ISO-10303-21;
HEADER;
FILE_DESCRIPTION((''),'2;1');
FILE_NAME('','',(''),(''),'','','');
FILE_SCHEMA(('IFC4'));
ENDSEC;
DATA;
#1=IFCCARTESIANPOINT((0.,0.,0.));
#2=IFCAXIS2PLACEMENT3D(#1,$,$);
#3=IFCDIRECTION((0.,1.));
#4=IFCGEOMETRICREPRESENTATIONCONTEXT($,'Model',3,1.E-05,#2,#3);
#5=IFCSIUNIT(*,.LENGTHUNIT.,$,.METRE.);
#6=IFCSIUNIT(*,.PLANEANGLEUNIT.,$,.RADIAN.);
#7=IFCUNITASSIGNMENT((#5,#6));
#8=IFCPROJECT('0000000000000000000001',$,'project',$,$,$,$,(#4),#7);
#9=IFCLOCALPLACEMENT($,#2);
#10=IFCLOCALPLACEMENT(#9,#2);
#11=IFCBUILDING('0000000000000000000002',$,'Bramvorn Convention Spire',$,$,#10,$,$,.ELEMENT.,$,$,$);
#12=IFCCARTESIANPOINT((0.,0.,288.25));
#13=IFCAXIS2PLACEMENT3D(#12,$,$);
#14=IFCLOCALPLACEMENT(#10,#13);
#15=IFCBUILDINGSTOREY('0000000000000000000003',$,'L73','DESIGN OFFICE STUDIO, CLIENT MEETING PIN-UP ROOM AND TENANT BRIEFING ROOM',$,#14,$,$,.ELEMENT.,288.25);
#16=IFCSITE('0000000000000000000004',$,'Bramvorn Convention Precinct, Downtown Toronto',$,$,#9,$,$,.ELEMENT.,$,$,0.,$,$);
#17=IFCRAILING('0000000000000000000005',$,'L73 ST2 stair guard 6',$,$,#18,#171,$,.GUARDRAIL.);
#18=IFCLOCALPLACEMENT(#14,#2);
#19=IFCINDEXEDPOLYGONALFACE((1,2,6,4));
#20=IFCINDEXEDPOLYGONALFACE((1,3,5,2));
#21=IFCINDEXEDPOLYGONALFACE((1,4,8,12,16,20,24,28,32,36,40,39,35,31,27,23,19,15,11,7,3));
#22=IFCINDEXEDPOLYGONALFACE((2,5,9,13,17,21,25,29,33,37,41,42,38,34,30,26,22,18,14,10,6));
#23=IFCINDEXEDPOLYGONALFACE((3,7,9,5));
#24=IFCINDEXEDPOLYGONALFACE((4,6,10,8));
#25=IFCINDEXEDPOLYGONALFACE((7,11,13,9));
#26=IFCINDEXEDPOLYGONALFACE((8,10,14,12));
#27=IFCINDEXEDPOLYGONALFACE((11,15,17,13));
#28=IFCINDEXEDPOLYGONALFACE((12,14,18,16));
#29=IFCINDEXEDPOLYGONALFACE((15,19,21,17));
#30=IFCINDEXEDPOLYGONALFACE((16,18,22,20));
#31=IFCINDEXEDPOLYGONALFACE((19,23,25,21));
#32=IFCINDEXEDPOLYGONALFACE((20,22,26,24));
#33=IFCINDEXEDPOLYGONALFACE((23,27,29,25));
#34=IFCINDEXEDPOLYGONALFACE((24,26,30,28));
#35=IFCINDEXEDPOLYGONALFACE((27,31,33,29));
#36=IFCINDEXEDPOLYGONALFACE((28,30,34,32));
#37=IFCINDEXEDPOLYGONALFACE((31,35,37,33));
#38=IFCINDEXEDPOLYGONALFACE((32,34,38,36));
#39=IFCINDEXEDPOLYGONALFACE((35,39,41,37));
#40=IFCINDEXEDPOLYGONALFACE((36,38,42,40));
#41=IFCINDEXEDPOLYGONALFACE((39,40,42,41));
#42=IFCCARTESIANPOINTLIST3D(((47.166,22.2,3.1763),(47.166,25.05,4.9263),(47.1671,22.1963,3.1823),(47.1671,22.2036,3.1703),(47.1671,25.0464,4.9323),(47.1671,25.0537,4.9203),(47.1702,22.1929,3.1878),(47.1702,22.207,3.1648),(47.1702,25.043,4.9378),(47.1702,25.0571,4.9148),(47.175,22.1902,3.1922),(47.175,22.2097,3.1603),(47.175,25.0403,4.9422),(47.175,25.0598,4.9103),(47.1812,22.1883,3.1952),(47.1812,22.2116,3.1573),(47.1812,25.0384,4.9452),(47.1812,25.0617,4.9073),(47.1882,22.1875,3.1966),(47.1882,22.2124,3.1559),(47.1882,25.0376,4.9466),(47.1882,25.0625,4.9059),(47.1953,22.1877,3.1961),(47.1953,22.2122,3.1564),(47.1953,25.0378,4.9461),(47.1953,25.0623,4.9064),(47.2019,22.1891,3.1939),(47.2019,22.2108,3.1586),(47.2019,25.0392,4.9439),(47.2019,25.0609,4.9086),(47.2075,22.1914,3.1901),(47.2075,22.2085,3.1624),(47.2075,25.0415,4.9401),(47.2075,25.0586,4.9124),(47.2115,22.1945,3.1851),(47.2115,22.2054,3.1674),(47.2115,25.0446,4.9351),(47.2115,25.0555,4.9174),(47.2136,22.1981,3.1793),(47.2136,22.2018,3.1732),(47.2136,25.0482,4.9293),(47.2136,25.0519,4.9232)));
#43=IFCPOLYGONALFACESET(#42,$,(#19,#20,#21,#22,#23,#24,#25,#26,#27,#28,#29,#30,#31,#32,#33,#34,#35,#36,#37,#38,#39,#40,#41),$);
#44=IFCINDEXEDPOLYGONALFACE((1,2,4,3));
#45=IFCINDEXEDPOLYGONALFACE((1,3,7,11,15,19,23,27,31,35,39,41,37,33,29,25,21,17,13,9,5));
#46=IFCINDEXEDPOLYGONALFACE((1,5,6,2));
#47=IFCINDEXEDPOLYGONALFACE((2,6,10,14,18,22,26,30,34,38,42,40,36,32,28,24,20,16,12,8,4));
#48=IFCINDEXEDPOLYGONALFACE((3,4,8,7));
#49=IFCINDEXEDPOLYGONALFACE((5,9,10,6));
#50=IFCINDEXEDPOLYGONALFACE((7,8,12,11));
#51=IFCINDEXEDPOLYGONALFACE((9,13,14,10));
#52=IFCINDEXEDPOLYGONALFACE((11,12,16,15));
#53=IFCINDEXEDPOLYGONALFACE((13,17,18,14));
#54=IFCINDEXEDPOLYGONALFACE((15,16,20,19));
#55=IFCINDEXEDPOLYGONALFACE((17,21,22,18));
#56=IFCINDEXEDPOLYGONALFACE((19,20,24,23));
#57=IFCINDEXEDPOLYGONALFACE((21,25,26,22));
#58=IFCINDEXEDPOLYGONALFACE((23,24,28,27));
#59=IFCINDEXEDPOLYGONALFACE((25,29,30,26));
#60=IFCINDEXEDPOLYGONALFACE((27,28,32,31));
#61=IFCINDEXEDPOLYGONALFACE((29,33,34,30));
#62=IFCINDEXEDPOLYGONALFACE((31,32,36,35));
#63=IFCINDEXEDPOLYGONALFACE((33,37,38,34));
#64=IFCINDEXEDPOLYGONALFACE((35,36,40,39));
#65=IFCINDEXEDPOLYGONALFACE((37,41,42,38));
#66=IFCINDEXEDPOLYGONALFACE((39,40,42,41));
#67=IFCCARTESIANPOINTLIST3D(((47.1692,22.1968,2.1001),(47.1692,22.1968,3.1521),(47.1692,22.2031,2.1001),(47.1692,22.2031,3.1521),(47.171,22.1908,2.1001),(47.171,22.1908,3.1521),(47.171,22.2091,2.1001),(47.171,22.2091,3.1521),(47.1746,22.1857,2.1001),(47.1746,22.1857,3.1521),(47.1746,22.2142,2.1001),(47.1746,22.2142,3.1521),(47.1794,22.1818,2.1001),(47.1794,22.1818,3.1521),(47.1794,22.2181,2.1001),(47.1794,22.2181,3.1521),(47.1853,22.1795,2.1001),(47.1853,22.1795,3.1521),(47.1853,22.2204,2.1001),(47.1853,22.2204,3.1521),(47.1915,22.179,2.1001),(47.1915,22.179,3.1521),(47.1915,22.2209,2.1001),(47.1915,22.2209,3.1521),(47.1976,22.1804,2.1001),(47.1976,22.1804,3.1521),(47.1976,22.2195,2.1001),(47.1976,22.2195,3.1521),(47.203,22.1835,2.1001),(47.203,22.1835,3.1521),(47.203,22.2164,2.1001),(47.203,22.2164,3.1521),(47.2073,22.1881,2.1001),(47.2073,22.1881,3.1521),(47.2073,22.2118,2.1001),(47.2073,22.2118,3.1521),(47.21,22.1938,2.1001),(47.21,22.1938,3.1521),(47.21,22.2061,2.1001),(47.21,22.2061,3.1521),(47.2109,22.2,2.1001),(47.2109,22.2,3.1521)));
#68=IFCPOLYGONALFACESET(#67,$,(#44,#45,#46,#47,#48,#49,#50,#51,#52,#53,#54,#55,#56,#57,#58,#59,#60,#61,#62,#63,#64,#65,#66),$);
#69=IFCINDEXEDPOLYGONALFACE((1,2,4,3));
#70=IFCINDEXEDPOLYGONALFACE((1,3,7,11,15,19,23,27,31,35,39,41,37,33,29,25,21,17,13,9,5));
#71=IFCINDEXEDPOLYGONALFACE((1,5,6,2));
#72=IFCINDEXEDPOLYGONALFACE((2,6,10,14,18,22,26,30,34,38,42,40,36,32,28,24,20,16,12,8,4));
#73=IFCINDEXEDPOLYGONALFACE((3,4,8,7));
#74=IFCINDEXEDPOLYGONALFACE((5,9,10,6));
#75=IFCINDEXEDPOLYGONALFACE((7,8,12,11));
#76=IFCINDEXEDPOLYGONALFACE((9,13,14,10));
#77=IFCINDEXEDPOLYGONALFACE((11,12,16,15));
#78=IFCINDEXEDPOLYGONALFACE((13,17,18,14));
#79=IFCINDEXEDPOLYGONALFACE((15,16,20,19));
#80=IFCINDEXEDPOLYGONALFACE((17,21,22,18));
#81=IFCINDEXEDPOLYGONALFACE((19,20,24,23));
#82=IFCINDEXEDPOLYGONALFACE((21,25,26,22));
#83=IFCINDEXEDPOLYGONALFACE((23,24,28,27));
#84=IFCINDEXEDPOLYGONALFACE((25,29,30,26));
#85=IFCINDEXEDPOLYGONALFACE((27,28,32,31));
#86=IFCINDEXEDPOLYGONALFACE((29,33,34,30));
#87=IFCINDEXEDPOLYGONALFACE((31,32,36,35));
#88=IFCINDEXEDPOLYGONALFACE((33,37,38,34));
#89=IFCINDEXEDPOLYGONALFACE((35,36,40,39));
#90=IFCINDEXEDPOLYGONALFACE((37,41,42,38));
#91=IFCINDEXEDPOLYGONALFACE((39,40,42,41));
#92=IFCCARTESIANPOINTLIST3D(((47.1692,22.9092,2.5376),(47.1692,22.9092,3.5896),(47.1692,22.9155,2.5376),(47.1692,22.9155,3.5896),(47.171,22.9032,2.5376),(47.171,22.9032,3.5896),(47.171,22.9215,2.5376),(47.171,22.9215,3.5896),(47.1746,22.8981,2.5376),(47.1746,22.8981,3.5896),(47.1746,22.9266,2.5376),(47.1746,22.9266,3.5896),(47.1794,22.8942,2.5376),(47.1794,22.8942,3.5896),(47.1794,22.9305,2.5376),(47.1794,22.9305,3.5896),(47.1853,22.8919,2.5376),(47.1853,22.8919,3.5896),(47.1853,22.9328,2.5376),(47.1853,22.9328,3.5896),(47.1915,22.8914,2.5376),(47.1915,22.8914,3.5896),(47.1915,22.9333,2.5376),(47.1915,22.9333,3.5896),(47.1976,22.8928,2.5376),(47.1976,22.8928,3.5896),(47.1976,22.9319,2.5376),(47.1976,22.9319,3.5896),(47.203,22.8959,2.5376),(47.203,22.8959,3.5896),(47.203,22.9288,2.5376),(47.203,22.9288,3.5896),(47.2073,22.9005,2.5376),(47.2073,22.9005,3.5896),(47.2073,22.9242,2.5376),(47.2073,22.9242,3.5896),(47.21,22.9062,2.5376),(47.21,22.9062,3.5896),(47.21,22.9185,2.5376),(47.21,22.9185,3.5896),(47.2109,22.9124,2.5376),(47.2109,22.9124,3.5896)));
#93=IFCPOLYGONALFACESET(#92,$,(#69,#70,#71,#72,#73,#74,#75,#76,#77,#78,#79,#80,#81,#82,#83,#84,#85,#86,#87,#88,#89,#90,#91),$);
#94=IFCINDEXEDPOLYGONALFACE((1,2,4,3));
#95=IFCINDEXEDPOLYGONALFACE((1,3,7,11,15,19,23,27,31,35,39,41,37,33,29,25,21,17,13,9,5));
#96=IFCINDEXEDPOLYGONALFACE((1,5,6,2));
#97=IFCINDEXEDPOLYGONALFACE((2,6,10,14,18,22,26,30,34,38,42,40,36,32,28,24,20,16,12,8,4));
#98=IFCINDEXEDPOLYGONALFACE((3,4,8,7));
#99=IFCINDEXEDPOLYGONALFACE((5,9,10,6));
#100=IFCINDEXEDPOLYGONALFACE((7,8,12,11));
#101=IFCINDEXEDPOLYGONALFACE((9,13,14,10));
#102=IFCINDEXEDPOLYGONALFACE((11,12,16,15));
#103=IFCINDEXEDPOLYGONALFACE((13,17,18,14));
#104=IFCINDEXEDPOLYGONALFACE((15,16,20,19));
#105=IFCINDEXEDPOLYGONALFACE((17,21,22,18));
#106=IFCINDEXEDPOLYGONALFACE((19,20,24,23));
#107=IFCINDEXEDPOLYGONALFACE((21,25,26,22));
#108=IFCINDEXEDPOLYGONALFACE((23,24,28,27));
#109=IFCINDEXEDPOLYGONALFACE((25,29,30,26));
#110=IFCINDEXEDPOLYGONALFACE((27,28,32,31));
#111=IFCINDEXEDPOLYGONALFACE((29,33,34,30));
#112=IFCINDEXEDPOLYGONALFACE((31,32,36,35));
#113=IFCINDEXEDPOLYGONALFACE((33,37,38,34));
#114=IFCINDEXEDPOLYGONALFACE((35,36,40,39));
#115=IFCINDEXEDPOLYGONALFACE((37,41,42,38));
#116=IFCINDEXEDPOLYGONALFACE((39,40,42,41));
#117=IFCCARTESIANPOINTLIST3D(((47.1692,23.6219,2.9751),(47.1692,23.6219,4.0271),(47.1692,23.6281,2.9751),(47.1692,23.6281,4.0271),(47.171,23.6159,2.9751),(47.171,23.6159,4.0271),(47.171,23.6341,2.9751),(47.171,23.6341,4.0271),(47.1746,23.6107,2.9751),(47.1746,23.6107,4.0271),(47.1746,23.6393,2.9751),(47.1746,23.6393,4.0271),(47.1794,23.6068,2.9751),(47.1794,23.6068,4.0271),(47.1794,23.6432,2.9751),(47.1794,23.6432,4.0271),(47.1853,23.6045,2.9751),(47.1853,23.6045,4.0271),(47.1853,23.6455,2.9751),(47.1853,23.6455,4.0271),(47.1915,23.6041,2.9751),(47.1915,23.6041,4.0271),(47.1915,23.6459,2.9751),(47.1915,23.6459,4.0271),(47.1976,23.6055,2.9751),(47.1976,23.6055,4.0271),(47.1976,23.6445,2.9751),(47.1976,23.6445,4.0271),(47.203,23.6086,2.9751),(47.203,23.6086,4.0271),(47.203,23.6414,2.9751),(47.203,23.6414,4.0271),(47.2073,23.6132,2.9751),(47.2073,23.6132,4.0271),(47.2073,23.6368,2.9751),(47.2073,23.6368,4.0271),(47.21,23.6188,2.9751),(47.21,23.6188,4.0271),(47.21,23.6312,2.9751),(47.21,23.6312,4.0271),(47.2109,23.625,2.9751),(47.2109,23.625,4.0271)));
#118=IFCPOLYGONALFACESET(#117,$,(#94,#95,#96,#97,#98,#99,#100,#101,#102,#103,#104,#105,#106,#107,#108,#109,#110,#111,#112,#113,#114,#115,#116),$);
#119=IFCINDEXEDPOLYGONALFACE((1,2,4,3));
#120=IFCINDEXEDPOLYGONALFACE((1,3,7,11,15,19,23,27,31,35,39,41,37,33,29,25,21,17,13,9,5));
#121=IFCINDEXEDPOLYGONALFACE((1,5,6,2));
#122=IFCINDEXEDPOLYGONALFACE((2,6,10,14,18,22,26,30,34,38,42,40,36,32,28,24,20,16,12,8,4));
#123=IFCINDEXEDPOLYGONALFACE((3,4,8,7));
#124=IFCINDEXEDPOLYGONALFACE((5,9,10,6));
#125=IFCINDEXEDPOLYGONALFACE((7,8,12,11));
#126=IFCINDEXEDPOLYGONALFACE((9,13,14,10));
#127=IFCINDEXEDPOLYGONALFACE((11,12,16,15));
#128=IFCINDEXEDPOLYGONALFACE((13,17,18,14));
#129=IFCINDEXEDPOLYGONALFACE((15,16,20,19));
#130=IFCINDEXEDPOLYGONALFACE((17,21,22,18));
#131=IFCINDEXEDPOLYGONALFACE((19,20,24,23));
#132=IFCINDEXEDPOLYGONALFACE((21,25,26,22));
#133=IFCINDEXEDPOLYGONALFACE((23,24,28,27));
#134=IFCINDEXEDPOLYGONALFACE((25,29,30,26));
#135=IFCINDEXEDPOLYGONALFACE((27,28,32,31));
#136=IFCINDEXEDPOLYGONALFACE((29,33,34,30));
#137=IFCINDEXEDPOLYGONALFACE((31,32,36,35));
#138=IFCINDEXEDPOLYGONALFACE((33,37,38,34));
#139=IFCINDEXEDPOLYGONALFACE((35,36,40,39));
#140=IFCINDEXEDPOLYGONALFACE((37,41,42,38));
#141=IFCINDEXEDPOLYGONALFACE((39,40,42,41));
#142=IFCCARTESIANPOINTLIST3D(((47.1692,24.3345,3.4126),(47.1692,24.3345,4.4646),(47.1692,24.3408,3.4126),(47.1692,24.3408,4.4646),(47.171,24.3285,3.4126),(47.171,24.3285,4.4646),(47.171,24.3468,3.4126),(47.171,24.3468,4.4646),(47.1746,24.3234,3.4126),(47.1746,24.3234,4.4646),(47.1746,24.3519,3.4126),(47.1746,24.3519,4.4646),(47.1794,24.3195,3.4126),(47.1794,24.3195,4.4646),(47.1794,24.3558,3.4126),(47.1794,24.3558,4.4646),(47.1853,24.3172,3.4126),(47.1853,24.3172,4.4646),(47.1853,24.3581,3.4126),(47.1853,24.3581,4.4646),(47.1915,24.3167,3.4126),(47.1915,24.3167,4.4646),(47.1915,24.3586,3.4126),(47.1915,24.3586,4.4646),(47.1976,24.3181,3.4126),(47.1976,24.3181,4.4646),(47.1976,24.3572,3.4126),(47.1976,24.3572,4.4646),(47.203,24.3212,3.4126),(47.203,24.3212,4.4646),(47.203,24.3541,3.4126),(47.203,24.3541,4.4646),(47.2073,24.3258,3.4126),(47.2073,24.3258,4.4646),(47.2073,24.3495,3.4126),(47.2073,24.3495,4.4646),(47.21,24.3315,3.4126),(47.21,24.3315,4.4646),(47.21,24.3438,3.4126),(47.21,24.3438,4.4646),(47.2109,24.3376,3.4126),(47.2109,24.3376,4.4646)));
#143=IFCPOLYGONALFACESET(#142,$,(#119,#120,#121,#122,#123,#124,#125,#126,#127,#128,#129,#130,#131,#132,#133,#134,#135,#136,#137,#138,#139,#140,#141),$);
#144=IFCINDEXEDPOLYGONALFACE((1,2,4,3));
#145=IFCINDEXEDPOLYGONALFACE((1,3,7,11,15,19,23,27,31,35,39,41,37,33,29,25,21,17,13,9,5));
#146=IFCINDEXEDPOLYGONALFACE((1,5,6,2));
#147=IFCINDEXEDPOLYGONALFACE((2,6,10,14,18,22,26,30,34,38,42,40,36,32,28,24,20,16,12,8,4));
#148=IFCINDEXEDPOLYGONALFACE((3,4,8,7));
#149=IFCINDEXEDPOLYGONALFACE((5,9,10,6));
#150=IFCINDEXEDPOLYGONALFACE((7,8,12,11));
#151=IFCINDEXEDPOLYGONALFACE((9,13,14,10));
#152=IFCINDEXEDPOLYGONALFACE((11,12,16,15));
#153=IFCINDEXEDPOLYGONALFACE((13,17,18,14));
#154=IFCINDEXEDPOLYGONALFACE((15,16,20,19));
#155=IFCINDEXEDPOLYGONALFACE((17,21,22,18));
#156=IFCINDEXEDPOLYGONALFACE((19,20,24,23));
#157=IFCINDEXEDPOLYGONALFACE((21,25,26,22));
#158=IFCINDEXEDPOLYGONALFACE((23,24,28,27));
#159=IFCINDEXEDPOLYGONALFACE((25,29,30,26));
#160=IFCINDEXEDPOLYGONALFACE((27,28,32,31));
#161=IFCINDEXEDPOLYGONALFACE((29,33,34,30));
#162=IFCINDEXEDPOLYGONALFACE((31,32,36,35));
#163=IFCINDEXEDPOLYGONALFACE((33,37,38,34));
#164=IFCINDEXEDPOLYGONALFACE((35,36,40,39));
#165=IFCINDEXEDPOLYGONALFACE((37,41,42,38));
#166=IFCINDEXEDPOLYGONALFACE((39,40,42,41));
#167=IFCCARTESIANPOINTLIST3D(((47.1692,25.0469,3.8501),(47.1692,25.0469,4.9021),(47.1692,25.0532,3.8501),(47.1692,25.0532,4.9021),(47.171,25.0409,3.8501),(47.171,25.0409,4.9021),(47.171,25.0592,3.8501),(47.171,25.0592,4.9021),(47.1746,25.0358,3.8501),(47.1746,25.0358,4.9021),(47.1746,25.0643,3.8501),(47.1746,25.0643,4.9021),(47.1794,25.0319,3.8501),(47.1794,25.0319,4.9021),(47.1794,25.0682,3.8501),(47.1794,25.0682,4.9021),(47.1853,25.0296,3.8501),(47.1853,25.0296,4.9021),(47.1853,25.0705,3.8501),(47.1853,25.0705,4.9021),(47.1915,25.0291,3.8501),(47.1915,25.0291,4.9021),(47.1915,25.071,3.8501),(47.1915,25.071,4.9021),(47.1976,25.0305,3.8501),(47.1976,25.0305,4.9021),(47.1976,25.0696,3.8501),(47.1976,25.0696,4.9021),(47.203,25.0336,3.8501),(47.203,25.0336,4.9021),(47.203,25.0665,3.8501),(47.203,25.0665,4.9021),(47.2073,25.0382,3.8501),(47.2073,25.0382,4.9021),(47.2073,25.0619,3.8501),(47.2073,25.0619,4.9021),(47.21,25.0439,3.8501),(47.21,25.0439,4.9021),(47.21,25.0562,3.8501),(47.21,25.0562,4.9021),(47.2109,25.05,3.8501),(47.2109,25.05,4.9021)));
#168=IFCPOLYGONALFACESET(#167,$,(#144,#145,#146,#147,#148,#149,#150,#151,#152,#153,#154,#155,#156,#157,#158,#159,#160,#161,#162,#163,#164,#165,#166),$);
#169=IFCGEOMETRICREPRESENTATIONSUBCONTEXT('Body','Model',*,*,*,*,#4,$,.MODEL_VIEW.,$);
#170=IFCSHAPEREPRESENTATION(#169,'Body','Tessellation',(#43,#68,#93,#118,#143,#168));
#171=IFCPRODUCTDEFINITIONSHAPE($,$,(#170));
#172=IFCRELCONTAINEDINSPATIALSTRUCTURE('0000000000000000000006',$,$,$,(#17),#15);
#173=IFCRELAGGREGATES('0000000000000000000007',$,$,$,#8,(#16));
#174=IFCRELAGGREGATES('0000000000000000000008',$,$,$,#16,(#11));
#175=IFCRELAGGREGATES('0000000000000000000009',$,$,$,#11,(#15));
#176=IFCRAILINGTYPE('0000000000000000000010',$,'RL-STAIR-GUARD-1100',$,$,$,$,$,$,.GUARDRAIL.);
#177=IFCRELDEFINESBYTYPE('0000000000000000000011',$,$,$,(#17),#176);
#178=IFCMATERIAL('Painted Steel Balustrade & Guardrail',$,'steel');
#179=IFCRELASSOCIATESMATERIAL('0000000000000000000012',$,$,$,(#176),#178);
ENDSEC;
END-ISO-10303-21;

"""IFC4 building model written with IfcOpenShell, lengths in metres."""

from ifc_helpers import new_model, si_unit, direction, frame, origin, origin_2d, place, context, subcontext, project, spatial, circle, extrude, material, type_object, element, save


model = new_model("IFC4")

# Units and contexts
model_context = context("Model", 3, precision=1e-05, world=origin(), true_north=direction((0.0, 1.0)))
body_context = subcontext(model_context, "Body", "Model", "MODEL_VIEW")
ifc_project = project(units=[si_unit("LENGTHUNIT", "METRE"), si_unit("PLANEANGLEUNIT", "RADIAN")], contexts=[model_context])

# Site, building, storey
site_placement = place(None, origin())
site = spatial("IfcSite", under=ifc_project, at=site_placement, Name="Bramvorn Convention Precinct, Downtown Toronto", CompositionType="ELEMENT", RefElevation=0.0)
building_placement = place(site_placement, origin())
building = spatial("IfcBuilding", under=site, at=building_placement, Name="Bramvorn Convention Spire", CompositionType="ELEMENT")
storey_placement = place(building_placement, frame((0.0, 0.0, 288.25)))
storey = spatial("IfcBuildingStorey", under=building, at=storey_placement, Name="L73", Description="DESIGN OFFICE STUDIO, CLIENT MEETING PIN-UP ROOM AND TENANT BRIEFING ROOM", CompositionType="ELEMENT", Elevation=288.25)

# Railing
ifc_material_1 = material(Name="Painted Steel Balustrade & Guardrail", Category="steel")
railing_type_1 = type_object("IfcRailingType", Name="RL-STAIR-GUARD-1100", PredefinedType="GUARDRAIL", material=ifc_material_1)
railing_1_placement = place(storey_placement, frame((47.1899, 22.2, 2.1001)))
element("IfcRailing", 1, at=railing_1_placement, inside=storey, type_object=railing_type_1, Name="L73 ST2 stair guard 6", PredefinedType="GUARDRAIL", context=body_context, shape_type="SweptSolid", body=[
    extrude(circle(Radius=0.0239, at=origin_2d()), frame((0.0, 0.0, 1.0762), z_axis=(0.0, 0.852179, 0.52325), x_axis=(-1.0, 0.0, 0.0)), (0.0, 0.0, 1.0), 3.3445),
    extrude(circle(Radius=0.021, at=origin_2d()), origin(), (0.0, 0.0, 1.0), 1.052),
    extrude(circle(Radius=0.021, at=origin_2d()), frame((0.0, 0.7124, 0.4375)), (0.0, 0.0, 1.0), 1.052),
    extrude(circle(Radius=0.021, at=origin_2d()), frame((0.0, 1.425, 0.875)), (0.0, 0.0, 1.0), 1.052),
    extrude(circle(Radius=0.021, at=origin_2d()), frame((0.0, 2.1377, 1.3125)), (0.0, 0.0, 1.0), 1.052),
    extrude(circle(Radius=0.021, at=origin_2d()), frame((0.0, 2.8501, 1.75)), (0.0, 0.0, 1.0), 1.052),
])

save(model, "model.ifc")
